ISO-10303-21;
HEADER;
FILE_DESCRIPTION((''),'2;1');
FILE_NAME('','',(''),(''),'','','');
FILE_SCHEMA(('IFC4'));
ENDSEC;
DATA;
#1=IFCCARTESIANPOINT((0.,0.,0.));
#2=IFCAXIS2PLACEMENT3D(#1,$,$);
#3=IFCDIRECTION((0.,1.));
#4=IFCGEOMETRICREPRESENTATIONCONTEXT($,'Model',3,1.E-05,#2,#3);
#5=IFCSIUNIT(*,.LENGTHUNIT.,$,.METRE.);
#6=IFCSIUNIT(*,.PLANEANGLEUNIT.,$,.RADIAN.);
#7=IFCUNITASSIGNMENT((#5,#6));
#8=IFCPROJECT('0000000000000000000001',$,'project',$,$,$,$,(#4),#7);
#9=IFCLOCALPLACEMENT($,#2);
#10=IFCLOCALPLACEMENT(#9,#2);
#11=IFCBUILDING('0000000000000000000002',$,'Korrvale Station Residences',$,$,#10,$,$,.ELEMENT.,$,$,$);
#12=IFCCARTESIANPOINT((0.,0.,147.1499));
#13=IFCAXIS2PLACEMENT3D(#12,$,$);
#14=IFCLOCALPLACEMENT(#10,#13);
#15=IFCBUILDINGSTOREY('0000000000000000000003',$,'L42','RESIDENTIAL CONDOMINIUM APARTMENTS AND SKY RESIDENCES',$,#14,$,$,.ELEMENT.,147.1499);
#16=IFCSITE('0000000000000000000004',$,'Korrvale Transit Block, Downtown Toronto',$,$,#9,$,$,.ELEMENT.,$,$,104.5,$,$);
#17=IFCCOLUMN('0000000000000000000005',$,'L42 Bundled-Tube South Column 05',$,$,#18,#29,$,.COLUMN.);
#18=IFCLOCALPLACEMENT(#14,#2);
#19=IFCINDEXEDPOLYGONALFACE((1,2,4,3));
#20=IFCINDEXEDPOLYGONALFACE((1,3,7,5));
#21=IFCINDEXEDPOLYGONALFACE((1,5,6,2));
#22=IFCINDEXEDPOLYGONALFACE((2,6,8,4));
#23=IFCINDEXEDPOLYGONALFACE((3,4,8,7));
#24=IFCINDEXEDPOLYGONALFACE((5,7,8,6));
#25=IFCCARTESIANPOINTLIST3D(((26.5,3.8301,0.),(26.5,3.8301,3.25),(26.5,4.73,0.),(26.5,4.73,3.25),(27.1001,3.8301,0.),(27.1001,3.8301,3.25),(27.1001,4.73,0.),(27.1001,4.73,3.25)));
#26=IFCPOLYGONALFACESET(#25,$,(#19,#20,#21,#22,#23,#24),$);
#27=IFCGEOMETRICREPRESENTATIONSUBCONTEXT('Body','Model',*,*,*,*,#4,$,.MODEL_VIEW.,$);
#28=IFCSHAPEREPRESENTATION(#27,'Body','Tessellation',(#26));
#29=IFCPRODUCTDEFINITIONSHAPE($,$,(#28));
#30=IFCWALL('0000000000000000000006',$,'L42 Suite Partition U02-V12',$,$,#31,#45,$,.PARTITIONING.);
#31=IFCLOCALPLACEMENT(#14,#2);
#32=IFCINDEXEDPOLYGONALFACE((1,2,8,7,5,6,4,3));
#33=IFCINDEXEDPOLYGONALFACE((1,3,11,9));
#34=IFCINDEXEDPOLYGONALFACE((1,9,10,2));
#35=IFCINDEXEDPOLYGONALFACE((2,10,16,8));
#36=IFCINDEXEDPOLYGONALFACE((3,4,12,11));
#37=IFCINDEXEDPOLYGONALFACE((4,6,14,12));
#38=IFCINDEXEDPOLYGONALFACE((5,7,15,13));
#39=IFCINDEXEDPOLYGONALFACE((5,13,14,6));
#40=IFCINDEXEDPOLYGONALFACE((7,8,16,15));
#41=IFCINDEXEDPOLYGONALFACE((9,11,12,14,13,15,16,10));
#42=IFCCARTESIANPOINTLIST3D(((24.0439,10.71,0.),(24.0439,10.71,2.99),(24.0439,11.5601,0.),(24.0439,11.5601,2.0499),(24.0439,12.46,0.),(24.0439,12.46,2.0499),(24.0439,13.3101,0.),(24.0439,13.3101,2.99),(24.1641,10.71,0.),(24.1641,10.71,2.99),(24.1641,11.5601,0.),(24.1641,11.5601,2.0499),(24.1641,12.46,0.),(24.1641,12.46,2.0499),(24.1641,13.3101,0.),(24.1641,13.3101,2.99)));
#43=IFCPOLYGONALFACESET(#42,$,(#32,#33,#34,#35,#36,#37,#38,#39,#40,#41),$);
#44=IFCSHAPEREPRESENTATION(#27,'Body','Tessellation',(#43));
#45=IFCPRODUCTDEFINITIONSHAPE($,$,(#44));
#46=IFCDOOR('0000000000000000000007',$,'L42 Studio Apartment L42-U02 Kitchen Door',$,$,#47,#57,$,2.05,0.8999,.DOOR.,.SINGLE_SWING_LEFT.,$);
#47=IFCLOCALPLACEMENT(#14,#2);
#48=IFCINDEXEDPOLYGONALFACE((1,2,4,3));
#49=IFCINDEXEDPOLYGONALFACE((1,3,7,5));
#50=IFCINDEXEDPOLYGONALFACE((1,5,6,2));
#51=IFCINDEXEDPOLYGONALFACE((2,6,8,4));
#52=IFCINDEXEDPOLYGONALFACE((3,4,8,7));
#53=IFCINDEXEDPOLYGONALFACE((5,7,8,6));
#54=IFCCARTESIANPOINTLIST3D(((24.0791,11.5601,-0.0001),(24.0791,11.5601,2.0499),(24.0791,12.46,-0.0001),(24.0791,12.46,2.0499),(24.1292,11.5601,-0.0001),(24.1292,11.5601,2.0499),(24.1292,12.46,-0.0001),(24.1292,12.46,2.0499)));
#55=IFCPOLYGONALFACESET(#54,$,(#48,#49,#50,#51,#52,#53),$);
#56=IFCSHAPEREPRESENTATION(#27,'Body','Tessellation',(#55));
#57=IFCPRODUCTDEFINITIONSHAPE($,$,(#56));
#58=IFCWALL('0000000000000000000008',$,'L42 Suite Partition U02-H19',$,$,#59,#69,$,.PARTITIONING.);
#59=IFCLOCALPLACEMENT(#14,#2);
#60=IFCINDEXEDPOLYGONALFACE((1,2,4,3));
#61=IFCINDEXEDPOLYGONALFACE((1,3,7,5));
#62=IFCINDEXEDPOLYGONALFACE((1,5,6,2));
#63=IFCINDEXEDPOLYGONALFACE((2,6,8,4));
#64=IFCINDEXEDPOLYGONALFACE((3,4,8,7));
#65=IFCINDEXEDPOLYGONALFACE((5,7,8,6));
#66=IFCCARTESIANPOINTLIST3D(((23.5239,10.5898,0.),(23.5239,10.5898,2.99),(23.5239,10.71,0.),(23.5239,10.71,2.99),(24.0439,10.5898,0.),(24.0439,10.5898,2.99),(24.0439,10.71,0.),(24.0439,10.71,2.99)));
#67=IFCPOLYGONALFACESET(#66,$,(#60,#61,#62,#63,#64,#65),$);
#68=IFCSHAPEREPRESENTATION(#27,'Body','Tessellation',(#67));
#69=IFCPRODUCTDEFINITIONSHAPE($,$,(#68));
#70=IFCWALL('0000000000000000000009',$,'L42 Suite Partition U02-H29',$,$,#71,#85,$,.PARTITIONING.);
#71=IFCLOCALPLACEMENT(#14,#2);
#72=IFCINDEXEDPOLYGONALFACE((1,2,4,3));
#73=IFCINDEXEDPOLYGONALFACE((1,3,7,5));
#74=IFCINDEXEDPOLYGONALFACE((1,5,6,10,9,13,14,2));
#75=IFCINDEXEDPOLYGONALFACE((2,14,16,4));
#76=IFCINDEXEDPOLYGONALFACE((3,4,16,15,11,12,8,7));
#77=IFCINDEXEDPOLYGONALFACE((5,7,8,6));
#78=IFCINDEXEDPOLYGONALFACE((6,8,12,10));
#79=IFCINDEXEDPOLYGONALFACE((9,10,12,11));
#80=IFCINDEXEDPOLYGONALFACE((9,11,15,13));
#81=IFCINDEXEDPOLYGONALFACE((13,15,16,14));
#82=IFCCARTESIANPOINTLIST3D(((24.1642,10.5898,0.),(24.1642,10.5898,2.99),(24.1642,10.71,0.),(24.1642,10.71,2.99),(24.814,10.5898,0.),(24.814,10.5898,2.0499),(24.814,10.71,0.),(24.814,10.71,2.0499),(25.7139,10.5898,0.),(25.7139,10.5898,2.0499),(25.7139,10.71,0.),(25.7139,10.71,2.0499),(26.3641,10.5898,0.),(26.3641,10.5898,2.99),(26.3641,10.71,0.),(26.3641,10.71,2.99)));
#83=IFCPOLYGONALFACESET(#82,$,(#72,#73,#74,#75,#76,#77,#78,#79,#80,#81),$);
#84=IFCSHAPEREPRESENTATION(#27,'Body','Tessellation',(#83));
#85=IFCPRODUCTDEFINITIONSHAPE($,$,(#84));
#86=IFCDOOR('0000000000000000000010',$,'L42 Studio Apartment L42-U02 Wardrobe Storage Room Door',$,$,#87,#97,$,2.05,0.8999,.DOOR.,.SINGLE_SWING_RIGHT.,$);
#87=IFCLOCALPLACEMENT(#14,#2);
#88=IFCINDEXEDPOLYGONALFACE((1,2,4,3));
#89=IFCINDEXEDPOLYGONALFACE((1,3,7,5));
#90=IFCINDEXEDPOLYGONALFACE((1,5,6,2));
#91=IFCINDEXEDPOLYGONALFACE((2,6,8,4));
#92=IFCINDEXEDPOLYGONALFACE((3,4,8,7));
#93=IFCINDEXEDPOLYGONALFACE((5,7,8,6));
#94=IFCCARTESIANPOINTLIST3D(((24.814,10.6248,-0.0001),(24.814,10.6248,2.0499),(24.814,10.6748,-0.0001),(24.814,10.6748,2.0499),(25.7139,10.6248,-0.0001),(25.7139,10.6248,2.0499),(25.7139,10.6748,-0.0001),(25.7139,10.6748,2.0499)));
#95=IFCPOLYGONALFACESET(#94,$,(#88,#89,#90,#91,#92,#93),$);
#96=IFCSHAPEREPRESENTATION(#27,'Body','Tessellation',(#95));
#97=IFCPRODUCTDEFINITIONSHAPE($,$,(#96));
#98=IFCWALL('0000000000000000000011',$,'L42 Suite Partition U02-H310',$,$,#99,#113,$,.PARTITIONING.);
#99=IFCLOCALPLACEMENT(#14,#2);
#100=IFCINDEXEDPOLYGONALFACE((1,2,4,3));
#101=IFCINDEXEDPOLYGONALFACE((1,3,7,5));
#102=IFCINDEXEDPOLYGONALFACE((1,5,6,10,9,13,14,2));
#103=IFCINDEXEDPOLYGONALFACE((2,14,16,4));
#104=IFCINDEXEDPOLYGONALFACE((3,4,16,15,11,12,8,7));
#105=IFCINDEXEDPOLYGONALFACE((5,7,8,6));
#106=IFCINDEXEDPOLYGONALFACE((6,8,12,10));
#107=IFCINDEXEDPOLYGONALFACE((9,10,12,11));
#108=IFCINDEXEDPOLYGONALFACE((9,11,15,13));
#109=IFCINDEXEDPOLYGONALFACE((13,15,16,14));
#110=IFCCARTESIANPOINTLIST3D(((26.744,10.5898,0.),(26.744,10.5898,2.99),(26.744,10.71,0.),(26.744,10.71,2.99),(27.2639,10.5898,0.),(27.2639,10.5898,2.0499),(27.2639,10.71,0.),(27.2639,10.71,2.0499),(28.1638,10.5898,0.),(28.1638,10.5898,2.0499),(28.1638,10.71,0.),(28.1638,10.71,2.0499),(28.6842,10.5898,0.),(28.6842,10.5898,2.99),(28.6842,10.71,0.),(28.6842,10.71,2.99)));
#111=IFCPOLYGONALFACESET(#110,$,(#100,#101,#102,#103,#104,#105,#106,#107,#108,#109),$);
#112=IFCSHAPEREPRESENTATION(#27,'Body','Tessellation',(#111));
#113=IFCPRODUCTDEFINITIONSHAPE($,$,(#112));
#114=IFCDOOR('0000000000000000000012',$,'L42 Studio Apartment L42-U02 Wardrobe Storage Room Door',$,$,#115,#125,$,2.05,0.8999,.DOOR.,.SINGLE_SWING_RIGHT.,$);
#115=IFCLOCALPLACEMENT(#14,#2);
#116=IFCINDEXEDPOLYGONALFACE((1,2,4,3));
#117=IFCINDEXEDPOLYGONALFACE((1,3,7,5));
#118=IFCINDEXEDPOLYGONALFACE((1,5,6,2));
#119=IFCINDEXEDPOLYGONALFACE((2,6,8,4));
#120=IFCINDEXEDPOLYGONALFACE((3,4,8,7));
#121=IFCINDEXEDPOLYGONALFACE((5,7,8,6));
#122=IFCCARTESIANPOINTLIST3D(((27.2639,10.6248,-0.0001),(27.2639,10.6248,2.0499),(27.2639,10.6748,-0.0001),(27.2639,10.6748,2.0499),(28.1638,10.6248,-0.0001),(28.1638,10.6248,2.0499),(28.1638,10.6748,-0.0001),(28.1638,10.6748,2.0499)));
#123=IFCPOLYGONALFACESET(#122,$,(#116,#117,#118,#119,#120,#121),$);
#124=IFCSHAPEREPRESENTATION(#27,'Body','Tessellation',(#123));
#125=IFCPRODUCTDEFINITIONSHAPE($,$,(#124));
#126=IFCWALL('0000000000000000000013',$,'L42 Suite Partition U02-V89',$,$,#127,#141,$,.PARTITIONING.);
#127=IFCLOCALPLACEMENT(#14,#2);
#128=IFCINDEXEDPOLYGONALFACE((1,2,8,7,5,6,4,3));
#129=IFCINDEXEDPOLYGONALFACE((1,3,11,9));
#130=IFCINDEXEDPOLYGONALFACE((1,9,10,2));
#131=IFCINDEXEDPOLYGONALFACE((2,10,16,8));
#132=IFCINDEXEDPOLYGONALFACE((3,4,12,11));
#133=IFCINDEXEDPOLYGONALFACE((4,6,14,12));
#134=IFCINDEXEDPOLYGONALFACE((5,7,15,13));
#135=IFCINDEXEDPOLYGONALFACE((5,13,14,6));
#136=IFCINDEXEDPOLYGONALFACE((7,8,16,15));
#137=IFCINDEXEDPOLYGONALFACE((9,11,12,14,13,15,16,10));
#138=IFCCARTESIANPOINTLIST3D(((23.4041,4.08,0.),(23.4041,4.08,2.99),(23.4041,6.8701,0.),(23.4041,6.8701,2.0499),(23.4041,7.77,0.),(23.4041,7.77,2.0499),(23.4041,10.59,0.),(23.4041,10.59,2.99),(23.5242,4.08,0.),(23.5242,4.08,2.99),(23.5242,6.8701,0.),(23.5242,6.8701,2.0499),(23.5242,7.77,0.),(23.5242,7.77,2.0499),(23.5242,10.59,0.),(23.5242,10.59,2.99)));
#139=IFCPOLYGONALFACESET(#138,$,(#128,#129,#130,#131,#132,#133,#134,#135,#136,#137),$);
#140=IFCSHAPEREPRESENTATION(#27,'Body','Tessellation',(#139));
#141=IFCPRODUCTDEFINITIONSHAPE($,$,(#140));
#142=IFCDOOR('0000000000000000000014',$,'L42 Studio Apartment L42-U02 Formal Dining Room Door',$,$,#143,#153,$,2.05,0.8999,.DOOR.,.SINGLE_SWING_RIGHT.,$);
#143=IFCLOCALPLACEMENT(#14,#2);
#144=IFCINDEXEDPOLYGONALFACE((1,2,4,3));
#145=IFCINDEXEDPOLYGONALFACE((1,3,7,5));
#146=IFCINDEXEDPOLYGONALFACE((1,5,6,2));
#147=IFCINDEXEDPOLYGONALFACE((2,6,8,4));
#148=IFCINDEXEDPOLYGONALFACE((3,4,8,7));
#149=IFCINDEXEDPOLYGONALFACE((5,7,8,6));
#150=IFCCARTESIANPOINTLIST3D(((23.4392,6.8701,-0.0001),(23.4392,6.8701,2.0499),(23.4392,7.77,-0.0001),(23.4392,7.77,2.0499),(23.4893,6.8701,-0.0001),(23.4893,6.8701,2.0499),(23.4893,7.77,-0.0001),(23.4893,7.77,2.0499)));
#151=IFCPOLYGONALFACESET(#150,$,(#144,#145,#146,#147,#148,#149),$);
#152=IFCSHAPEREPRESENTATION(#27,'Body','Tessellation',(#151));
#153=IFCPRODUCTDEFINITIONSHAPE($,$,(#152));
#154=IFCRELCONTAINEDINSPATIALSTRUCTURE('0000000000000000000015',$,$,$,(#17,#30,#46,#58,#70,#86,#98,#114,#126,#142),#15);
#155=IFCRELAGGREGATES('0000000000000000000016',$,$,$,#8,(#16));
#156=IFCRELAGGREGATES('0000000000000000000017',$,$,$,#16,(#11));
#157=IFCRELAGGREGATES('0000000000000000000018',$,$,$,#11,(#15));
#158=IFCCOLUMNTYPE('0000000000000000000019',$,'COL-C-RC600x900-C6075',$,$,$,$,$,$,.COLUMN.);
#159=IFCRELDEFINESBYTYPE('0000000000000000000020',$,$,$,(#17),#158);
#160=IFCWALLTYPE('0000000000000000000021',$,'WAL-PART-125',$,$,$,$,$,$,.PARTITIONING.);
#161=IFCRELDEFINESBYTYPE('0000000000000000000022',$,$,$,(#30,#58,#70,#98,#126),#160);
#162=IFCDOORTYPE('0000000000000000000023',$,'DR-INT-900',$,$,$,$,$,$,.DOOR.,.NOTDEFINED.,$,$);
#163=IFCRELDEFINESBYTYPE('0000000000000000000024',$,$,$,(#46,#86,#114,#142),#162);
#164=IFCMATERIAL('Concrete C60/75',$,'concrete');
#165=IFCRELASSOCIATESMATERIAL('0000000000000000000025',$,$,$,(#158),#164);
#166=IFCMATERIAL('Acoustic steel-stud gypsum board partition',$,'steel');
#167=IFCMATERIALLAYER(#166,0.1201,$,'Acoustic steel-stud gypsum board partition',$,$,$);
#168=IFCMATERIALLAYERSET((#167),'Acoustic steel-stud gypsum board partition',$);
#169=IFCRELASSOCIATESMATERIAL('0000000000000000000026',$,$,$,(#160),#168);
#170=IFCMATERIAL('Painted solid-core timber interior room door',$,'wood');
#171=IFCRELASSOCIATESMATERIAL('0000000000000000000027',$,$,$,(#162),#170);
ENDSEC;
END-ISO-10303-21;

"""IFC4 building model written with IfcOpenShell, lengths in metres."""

from ifc_helpers import new_model, si_unit, direction, frame, frame_2d, origin, origin_2d, place, context, subcontext, project, spatial, rectangle, extrude, material, layer, layer_set, material_profile, profile_set, type_object, element, fill, save


model = new_model("IFC4")

# Units and contexts
model_context = context("Model", 3, precision=1e-05, world=origin(), true_north=direction((0.0, 1.0)))
body_context = subcontext(model_context, "Body", "Model", "MODEL_VIEW")
ifc_project = project(units=[si_unit("LENGTHUNIT", "METRE"), si_unit("PLANEANGLEUNIT", "RADIAN")], contexts=[model_context])

# Site, building, storey
site_placement = place(None, origin())
site = spatial("IfcSite", under=ifc_project, at=site_placement, Name="Korrvale Transit Block, Downtown Toronto", CompositionType="ELEMENT", RefElevation=104.5)
building_placement = place(site_placement, origin())
building = spatial("IfcBuilding", under=site, at=building_placement, Name="Korrvale Station Residences", CompositionType="ELEMENT")
storey_placement = place(building_placement, frame((0.0, 0.0, 147.1499)))
storey = spatial("IfcBuildingStorey", under=building, at=storey_placement, Name="L42", Description="RESIDENTIAL CONDOMINIUM APARTMENTS AND SKY RESIDENCES", CompositionType="ELEMENT", Elevation=147.1499)

# Column
ifc_material_1 = material(Name="Concrete C60/75", Category="concrete")
ifc_material_profile = material_profile(ifc_material_1, rectangle(XDim=0.6001, YDim=0.8999, at=origin_2d()), Name="RC600x900")
ifc_profile_set = profile_set([ifc_material_profile], Name="Concrete C60/75")
column_type = type_object("IfcColumnType", Name="COL-C-RC600x900-C6075", PredefinedType="COLUMN", material=ifc_profile_set)
column_placement = place(storey_placement, frame((26.8, 4.28, 0.0), z_axis=(0.0, 0.0, 1.0), x_axis=(1.0, 0.0, 0.0)))
element("IfcColumn", 1, at=column_placement, inside=storey, type_object=column_type, Name="L42 Bundled-Tube South Column 05", PredefinedType="COLUMN", context=body_context, shape_type="SweptSolid", body=[
    extrude(rectangle(XDim=0.6001, YDim=0.8999, at=origin_2d()), origin(), (0.0, 0.0, 1.0), 3.25),
])

# Wall, opening, door
ifc_material_2 = material(Name="Acoustic steel-stud gypsum board partition", Category="steel")
ifc_layer_1 = layer(ifc_material_2, 0.1201, Name="Acoustic steel-stud gypsum board partition")
ifc_layer_set_1 = layer_set([ifc_layer_1], Name="Acoustic steel-stud gypsum board partition")
wall_type = type_object("IfcWallType", Name="WAL-PART-125", PredefinedType="PARTITIONING", material=ifc_layer_set_1)
wall_1_placement = place(storey_placement, frame((24.104, 10.71, 0.0), z_axis=(0.0, 0.0, 1.0), x_axis=(0.0, 1.0, 0.0)))
wall_1 = element("IfcWall", 2, at=wall_1_placement, inside=storey, type_object=wall_type, Name="L42 Suite Partition U02-V12", PredefinedType="PARTITIONING", context=body_context, shape_type="SweptSolid", body=[
    extrude(rectangle(XDim=2.6001, YDim=0.1201, at=frame_2d((1.3, 0.0))), origin(), (0.0, 0.0, 1.0), 2.99),
])
opening_1_placement = place(wall_1_placement, frame((0.8501, 0.0, 0.0)))
opening_1 = element("IfcOpeningElement", 3, at=opening_1_placement, cuts=wall_1, PredefinedType="OPENING", context=body_context, shape_type="SweptSolid", body=[
    extrude(rectangle(XDim=0.8999, YDim=2.05, at=frame_2d((0.45, 1.0249))), frame((0.0, 0.0701, 0.0), z_axis=(0.0, -1.0, 0.0), x_axis=(1.0, 0.0, 0.0)), (0.0, 0.0, 1.0), 0.1401),
])
ifc_material_3 = material(Name="Painted solid-core timber interior room door", Category="wood")
door_type = type_object("IfcDoorType", Name="DR-INT-900", OperationType="NOTDEFINED", PredefinedType="DOOR", material=ifc_material_3)
door_1_placement = place(opening_1_placement, origin())
door_1 = element("IfcDoor", 4, at=door_1_placement, inside=storey, type_object=door_type, Name="L42 Studio Apartment L42-U02 Kitchen Door", OperationType="SINGLE_SWING_LEFT", OverallHeight=2.05, OverallWidth=0.8999, PredefinedType="DOOR", context=body_context, shape_type="SweptSolid", body=[
    extrude(rectangle(XDim=0.8999, YDim=2.05, at=frame_2d((0.45, 1.0249))), frame((0.0, 0.0249, 0.0), z_axis=(0.0, -1.0, 0.0), x_axis=(1.0, 0.0, 0.0)), (0.0, 0.0, 1.0), 0.05),
])
fill(opening_1, door_1)

# Wall
wall_2_placement = place(storey_placement, frame((23.5239, 10.6499, 0.0), z_axis=(0.0, 0.0, 1.0), x_axis=(1.0, 0.0, 0.0)))
element("IfcWall", 5, at=wall_2_placement, inside=storey, type_object=wall_type, Name="L42 Suite Partition U02-H19", PredefinedType="PARTITIONING", context=body_context, shape_type="SweptSolid", body=[
    extrude(rectangle(XDim=0.52, YDim=0.1201, at=frame_2d((0.26, 0.0))), origin(), (0.0, 0.0, 1.0), 2.99),
])

# Walls, openings, doors
wall_3_placement = place(storey_placement, frame((24.1641, 10.6499, 0.0), z_axis=(0.0, 0.0, 1.0), x_axis=(1.0, 0.0, 0.0)))
wall_3 = element("IfcWall", 6, at=wall_3_placement, inside=storey, type_object=wall_type, Name="L42 Suite Partition U02-H29", PredefinedType="PARTITIONING", context=body_context, shape_type="SweptSolid", body=[
    extrude(rectangle(XDim=2.2, YDim=0.1201, at=frame_2d((1.1001, 0.0))), origin(), (0.0, 0.0, 1.0), 2.99),
])
opening_2_placement = place(wall_3_placement, frame((0.6499, 0.0, 0.0)))
opening_2 = element("IfcOpeningElement", 7, at=opening_2_placement, cuts=wall_3, PredefinedType="OPENING", context=body_context, shape_type="SweptSolid", body=[
    extrude(rectangle(XDim=0.8999, YDim=2.05, at=frame_2d((0.45, 1.0249))), frame((0.0, 0.0701, 0.0), z_axis=(0.0, -1.0, 0.0), x_axis=(1.0, 0.0, 0.0)), (0.0, 0.0, 1.0), 0.1401),
])
door_2_placement = place(opening_2_placement, origin())
door_2 = element("IfcDoor", 8, at=door_2_placement, inside=storey, type_object=door_type, Name="L42 Studio Apartment L42-U02 Wardrobe Storage Room Door", OperationType="SINGLE_SWING_RIGHT", OverallHeight=2.05, OverallWidth=0.8999, PredefinedType="DOOR", context=body_context, shape_type="SweptSolid", body=[
    extrude(rectangle(XDim=0.8999, YDim=2.05, at=frame_2d((0.45, 1.0249))), frame((0.0, 0.0249, 0.0), z_axis=(0.0, -1.0, 0.0), x_axis=(1.0, 0.0, 0.0)), (0.0, 0.0, 1.0), 0.05),
])
fill(opening_2, door_2)
wall_4_placement = place(storey_placement, frame((26.7439, 10.6499, 0.0), z_axis=(0.0, 0.0, 1.0), x_axis=(1.0, 0.0, 0.0)))
wall_4 = element("IfcWall", 9, at=wall_4_placement, inside=storey, type_object=wall_type, Name="L42 Suite Partition U02-H310", PredefinedType="PARTITIONING", context=body_context, shape_type="SweptSolid", body=[
    extrude(rectangle(XDim=1.9402, YDim=0.1201, at=frame_2d((0.9702, 0.0))), origin(), (0.0, 0.0, 1.0), 2.99),
])
opening_3_placement = place(wall_4_placement, frame((0.52, 0.0, 0.0)))
opening_3 = element("IfcOpeningElement", 10, at=opening_3_placement, cuts=wall_4, PredefinedType="OPENING", context=body_context, shape_type="SweptSolid", body=[
    extrude(rectangle(XDim=0.8999, YDim=2.05, at=frame_2d((0.45, 1.0249))), frame((0.0, 0.0701, 0.0), z_axis=(0.0, -1.0, 0.0), x_axis=(1.0, 0.0, 0.0)), (0.0, 0.0, 1.0), 0.1401),
])
door_3_placement = place(opening_3_placement, origin())
door_3 = element("IfcDoor", 11, at=door_3_placement, inside=storey, type_object=door_type, Name="L42 Studio Apartment L42-U02 Wardrobe Storage Room Door", OperationType="SINGLE_SWING_RIGHT", OverallHeight=2.05, OverallWidth=0.8999, PredefinedType="DOOR", context=body_context, shape_type="SweptSolid", body=[
    extrude(rectangle(XDim=0.8999, YDim=2.05, at=frame_2d((0.45, 1.0249))), frame((0.0, 0.0249, 0.0), z_axis=(0.0, -1.0, 0.0), x_axis=(1.0, 0.0, 0.0)), (0.0, 0.0, 1.0), 0.05),
])
fill(opening_3, door_3)
wall_5_placement = place(storey_placement, frame((23.4641, 4.0801, 0.0), z_axis=(0.0, 0.0, 1.0), x_axis=(0.0, 1.0, 0.0)))
wall_5 = element("IfcWall", 12, at=wall_5_placement, inside=storey, type_object=wall_type, Name="L42 Suite Partition U02-V89", PredefinedType="PARTITIONING", context=body_context, shape_type="SweptSolid", body=[
    extrude(rectangle(XDim=6.51, YDim=0.1201, at=frame_2d((3.2549, 0.0))), origin(), (0.0, 0.0, 1.0), 2.99),
])
opening_4_placement = place(wall_5_placement, frame((2.79, 0.0, 0.0)))
opening_4 = element("IfcOpeningElement", 13, at=opening_4_placement, cuts=wall_5, PredefinedType="OPENING", context=body_context, shape_type="SweptSolid", body=[
    extrude(rectangle(XDim=0.8999, YDim=2.05, at=frame_2d((0.45, 1.0249))), frame((0.0, 0.0701, 0.0), z_axis=(0.0, -1.0, 0.0), x_axis=(1.0, 0.0, 0.0)), (0.0, 0.0, 1.0), 0.1401),
])
door_4_placement = place(opening_4_placement, origin())
door_4 = element("IfcDoor", 14, at=door_4_placement, inside=storey, type_object=door_type, Name="L42 Studio Apartment L42-U02 Formal Dining Room Door", OperationType="SINGLE_SWING_RIGHT", OverallHeight=2.05, OverallWidth=0.8999, PredefinedType="DOOR", context=body_context, shape_type="SweptSolid", body=[
    extrude(rectangle(XDim=0.8999, YDim=2.05, at=frame_2d((0.45, 1.0249))), frame((0.0, 0.0249, 0.0), z_axis=(0.0, -1.0, 0.0), x_axis=(1.0, 0.0, 0.0)), (0.0, 0.0, 1.0), 0.05),
])
fill(opening_4, door_4)

save(model, "model.ifc")
